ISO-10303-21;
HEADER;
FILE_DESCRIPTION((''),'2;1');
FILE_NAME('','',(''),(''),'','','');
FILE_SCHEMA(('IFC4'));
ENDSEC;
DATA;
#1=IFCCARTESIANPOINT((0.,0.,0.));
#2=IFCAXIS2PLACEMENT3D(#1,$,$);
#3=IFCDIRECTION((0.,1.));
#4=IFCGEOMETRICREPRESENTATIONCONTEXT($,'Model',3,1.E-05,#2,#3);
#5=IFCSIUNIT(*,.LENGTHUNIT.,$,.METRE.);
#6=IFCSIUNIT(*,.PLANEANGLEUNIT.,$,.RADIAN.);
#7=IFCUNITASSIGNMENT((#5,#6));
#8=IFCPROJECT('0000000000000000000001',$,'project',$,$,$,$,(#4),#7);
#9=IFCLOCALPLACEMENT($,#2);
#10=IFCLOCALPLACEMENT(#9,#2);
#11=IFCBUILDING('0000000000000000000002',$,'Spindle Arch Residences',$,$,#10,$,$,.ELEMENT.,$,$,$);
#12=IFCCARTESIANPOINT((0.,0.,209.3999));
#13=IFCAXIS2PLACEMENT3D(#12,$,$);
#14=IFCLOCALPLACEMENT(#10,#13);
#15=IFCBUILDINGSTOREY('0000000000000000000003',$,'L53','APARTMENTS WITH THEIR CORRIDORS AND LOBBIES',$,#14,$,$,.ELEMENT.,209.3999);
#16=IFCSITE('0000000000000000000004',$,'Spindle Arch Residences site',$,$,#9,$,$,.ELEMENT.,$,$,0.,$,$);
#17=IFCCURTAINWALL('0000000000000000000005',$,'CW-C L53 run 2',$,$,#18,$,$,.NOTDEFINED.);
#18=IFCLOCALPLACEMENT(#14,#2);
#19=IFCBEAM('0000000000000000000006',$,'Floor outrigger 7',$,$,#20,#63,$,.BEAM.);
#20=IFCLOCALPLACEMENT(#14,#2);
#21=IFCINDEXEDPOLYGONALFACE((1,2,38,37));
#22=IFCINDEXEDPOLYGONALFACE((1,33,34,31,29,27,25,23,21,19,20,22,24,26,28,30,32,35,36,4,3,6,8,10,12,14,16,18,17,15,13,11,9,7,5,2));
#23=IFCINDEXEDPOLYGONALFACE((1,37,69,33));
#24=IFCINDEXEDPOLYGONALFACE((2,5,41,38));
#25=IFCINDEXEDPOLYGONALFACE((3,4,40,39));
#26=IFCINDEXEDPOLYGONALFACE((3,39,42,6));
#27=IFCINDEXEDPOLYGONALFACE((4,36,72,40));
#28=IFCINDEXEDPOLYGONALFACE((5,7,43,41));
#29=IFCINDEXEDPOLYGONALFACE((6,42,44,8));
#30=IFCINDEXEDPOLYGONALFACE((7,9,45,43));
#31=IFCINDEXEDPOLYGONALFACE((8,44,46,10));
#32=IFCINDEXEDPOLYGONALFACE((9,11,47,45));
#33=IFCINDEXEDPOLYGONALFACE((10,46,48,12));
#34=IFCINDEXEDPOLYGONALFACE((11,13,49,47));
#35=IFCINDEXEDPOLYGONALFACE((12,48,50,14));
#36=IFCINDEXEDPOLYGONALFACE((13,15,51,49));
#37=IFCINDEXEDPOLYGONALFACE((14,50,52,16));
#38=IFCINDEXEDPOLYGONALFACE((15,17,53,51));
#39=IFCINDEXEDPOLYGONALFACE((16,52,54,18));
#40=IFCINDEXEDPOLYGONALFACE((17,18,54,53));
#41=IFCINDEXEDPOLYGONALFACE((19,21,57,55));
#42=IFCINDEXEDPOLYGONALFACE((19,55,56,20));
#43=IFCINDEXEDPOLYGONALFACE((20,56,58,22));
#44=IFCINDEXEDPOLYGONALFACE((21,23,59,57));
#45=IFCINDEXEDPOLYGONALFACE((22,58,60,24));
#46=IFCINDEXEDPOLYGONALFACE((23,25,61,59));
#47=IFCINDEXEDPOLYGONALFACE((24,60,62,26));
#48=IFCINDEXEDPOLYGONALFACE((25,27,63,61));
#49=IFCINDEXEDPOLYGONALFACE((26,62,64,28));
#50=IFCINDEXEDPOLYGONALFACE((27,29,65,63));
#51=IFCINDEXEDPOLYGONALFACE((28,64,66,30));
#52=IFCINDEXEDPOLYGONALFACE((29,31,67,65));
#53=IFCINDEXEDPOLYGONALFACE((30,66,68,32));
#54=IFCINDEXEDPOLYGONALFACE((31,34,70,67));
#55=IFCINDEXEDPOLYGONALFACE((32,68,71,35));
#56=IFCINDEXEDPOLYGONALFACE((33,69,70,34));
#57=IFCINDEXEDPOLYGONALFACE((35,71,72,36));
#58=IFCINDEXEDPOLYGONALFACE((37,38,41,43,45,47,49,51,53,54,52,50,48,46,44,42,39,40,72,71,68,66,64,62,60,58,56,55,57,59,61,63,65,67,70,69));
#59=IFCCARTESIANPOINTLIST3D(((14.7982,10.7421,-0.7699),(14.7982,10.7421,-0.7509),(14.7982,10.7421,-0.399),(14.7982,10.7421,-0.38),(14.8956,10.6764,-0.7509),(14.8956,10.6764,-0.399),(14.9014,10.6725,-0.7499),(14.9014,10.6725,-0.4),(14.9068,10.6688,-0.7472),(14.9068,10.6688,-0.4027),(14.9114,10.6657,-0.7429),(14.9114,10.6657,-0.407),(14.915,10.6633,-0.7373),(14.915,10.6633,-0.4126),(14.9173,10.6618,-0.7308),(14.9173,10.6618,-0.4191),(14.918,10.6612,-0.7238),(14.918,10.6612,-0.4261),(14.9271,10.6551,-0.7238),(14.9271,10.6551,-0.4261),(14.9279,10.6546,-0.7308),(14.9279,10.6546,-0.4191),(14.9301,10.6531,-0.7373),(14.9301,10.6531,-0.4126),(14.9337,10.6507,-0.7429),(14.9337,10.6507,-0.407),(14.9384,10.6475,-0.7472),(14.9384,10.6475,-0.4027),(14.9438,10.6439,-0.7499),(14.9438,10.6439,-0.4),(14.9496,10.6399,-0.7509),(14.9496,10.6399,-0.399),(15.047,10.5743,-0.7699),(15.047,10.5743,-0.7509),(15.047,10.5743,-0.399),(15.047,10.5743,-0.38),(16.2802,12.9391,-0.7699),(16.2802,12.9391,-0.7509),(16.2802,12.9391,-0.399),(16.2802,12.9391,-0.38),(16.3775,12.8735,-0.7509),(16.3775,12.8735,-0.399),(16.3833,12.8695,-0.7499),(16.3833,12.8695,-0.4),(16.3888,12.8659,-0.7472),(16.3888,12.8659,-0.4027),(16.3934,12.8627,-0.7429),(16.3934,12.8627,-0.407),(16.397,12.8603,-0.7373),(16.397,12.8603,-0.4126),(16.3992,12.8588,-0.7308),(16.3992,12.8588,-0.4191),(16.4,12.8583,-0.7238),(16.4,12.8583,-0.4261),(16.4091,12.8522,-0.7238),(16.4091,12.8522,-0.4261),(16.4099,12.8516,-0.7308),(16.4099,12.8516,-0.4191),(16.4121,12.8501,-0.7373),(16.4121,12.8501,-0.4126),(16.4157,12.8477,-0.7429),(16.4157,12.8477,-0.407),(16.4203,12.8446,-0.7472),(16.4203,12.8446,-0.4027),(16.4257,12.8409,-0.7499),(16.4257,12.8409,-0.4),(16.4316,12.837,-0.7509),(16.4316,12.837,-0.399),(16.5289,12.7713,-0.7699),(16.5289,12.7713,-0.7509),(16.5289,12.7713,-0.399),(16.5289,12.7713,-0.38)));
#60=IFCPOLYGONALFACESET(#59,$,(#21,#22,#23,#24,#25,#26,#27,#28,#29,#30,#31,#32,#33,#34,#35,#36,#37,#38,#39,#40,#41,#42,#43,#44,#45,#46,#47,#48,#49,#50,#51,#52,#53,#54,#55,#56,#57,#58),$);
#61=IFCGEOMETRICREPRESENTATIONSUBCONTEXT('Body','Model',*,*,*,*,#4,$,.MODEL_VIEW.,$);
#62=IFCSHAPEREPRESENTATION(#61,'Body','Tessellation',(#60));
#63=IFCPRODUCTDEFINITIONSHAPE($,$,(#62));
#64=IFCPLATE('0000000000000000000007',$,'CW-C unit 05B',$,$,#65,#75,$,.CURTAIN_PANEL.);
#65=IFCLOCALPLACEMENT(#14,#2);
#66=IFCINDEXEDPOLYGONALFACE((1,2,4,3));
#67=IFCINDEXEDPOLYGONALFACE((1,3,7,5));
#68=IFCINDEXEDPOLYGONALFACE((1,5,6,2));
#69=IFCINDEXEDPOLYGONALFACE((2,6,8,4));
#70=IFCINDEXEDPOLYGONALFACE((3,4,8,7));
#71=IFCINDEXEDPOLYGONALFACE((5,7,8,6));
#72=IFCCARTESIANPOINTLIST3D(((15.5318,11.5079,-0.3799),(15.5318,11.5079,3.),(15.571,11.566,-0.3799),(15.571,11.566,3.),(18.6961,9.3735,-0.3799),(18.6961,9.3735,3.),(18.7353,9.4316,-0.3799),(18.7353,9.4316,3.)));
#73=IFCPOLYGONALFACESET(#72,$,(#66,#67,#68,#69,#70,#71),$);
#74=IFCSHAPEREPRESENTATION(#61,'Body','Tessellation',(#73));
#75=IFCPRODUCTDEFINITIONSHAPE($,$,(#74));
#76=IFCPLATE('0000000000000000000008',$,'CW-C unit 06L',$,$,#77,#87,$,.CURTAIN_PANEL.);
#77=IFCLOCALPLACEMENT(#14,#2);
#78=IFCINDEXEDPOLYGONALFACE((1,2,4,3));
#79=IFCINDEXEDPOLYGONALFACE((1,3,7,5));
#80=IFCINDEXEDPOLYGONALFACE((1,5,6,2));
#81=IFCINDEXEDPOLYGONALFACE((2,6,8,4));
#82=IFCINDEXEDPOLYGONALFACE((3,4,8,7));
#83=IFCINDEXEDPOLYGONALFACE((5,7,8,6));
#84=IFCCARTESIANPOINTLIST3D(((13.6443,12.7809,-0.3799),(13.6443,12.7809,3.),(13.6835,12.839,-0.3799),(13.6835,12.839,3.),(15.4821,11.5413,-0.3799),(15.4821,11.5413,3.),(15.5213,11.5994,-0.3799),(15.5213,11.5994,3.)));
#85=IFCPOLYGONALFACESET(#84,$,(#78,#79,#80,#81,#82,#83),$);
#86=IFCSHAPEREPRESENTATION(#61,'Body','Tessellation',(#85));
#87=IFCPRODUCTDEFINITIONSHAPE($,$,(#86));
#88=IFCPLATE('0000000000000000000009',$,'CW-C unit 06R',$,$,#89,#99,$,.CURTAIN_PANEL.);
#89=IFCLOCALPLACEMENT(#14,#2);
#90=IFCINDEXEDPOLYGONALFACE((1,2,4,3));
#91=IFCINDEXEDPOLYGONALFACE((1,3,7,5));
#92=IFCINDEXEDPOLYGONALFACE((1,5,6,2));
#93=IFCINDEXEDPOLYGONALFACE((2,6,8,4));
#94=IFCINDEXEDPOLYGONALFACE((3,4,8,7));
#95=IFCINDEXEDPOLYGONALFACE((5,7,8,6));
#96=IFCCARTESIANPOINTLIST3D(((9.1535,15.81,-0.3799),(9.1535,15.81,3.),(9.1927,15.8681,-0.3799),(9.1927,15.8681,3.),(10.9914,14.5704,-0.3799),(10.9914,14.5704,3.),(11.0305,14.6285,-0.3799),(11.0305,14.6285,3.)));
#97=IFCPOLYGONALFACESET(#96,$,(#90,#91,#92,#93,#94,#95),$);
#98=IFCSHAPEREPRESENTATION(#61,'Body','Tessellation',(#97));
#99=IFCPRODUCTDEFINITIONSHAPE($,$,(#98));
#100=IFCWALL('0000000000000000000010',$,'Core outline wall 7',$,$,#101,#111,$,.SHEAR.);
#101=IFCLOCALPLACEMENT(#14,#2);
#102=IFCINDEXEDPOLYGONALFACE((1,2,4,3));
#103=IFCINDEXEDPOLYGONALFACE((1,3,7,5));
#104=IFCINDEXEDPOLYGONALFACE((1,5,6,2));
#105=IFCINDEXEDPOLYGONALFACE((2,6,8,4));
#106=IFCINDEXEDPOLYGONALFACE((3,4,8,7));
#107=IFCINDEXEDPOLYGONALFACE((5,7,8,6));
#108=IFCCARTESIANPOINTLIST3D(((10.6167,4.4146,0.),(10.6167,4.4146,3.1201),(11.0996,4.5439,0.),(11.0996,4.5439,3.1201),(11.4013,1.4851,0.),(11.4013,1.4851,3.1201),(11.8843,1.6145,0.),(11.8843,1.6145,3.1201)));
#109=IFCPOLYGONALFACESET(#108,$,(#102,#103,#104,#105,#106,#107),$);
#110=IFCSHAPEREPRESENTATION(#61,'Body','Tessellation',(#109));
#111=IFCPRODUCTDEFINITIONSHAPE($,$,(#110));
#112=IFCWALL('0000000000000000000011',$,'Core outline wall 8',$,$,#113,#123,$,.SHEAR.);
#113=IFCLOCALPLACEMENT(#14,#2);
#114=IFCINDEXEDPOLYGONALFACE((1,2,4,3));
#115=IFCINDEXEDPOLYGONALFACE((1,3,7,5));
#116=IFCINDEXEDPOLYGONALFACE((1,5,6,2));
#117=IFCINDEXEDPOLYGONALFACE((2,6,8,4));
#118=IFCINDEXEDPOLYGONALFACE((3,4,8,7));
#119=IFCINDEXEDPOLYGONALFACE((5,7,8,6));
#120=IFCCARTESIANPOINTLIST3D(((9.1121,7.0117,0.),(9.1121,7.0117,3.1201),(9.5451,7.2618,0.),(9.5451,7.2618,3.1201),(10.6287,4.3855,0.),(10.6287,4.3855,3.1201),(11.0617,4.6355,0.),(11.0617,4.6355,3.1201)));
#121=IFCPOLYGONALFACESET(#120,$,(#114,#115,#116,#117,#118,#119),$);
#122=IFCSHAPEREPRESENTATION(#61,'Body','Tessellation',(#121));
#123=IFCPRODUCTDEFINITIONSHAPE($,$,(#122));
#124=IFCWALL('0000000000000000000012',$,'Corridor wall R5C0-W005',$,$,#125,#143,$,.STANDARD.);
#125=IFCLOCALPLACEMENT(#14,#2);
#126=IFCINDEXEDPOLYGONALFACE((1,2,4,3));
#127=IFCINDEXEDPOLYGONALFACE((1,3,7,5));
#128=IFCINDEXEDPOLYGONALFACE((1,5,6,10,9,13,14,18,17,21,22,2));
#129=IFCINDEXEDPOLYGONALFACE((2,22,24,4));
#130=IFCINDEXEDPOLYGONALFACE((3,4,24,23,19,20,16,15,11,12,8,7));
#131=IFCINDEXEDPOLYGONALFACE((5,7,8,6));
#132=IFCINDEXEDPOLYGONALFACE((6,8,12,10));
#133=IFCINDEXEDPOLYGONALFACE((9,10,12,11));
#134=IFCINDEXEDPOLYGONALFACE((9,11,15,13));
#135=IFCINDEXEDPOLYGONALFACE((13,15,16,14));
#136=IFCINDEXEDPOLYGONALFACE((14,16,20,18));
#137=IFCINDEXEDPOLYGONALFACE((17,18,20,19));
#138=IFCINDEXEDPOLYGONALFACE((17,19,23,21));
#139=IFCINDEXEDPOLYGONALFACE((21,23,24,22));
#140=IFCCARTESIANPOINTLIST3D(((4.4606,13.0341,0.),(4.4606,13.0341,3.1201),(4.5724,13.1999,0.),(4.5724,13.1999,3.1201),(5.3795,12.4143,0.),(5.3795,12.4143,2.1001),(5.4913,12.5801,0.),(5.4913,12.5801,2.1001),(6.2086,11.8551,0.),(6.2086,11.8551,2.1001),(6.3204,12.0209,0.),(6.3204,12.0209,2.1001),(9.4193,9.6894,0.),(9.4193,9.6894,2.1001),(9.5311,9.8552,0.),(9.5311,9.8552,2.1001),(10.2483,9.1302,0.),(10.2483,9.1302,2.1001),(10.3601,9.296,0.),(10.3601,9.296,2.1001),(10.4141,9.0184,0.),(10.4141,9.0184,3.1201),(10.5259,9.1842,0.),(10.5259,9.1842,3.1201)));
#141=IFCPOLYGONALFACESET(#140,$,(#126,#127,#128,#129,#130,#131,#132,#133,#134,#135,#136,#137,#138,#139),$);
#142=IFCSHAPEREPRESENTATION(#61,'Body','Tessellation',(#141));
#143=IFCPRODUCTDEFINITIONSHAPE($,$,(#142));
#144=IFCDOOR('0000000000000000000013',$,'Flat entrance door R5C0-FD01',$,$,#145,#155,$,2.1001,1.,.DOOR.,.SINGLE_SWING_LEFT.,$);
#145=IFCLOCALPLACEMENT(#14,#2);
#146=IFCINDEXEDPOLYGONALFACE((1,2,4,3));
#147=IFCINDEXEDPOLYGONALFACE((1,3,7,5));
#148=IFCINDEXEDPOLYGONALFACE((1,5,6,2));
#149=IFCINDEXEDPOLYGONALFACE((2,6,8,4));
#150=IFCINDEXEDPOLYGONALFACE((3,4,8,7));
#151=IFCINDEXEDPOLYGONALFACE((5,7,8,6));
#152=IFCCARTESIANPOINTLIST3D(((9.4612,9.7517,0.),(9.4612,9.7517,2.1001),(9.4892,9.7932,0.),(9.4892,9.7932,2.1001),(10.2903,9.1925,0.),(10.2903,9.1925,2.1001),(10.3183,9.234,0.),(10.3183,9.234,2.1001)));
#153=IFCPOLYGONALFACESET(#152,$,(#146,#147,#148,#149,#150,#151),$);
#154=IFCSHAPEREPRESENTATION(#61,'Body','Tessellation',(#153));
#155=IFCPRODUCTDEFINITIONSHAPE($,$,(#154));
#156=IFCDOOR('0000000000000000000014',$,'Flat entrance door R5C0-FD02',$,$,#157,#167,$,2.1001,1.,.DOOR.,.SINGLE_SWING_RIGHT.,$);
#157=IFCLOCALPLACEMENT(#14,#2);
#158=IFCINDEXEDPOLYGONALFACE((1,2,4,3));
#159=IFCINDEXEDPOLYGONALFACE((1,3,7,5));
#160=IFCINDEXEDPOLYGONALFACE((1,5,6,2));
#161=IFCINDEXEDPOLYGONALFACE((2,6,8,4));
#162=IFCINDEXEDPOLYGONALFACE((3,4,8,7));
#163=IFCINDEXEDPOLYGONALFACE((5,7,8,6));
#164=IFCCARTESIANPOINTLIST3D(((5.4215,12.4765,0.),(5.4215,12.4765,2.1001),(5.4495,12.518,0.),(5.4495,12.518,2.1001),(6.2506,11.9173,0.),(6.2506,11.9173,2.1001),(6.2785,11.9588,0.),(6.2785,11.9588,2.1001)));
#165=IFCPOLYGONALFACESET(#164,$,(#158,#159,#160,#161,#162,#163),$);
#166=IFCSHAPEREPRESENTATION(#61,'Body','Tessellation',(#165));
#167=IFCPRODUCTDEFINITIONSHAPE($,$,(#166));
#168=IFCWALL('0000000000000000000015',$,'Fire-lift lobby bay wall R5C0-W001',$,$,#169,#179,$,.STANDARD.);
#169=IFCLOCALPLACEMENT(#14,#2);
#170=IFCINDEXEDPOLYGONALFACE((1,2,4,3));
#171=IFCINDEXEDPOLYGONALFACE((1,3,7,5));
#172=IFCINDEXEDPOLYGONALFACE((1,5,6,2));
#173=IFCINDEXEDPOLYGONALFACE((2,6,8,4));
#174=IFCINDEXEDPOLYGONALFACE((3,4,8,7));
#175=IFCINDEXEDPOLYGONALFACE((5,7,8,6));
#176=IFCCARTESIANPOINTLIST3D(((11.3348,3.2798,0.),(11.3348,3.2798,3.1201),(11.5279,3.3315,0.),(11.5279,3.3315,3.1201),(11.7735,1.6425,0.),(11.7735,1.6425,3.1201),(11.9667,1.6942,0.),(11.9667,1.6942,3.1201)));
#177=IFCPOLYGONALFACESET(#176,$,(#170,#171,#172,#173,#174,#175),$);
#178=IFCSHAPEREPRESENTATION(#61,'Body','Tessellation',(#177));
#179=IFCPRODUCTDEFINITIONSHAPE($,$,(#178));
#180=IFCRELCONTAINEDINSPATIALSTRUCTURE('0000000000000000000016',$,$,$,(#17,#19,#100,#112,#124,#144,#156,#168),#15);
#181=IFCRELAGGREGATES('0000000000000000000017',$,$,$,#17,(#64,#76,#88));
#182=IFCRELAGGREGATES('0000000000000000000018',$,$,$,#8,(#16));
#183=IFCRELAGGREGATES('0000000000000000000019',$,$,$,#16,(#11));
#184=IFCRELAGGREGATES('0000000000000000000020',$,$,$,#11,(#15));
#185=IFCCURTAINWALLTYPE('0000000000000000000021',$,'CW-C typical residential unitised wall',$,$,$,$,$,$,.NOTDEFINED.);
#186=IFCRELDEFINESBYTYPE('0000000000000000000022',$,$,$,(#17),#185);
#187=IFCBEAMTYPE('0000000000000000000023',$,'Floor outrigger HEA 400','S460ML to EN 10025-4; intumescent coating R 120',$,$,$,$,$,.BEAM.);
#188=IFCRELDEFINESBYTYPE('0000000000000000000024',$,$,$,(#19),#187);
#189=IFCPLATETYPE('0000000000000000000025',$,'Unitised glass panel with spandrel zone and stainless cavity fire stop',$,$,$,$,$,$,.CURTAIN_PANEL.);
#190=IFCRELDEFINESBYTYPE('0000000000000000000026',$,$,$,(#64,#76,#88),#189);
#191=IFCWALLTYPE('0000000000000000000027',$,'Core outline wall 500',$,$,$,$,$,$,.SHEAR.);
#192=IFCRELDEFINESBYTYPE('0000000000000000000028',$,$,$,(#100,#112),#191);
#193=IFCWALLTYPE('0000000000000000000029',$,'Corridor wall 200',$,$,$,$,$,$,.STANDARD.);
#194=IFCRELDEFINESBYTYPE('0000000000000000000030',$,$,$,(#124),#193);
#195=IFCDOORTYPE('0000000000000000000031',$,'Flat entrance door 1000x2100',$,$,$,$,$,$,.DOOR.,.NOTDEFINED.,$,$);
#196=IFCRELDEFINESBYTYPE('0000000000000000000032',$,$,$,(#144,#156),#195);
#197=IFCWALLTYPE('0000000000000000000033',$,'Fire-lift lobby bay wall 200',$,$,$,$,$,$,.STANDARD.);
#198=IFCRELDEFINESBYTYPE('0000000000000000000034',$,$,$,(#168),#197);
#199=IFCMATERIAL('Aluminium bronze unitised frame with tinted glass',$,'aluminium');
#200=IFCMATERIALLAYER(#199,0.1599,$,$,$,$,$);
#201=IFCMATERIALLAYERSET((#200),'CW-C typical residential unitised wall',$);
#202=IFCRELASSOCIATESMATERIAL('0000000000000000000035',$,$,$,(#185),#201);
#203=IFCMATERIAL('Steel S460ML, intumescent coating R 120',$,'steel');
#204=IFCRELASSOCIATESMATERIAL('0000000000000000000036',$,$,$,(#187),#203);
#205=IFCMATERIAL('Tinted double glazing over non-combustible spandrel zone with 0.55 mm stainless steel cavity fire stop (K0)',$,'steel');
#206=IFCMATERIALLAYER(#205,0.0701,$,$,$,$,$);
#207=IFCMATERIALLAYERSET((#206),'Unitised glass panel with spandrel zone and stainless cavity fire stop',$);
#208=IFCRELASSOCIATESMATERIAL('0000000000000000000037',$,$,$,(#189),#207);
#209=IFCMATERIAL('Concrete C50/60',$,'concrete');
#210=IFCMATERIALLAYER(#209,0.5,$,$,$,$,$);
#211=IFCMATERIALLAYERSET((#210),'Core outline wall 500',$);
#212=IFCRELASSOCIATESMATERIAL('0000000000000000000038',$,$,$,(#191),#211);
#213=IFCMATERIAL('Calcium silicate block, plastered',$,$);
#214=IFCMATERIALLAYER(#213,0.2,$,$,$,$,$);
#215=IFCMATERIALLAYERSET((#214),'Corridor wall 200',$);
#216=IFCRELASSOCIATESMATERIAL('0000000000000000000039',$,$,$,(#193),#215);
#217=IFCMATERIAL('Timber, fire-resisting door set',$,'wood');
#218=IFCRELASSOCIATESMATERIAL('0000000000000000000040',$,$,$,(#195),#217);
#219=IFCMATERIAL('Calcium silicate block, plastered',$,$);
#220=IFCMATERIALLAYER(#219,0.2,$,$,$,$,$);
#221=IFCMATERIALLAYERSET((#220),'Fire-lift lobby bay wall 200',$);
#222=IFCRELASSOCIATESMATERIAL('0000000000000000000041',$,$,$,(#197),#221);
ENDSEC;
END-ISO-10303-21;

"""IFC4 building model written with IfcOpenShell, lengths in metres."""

from ifc_helpers import new_model, si_unit, direction, frame, frame_2d, origin, origin_2d, place, context, subcontext, project, spatial, rectangle, i_section, extrude, material, layer, layer_set, material_profile, profile_set, type_object, element, fill, aggregate, save


model = new_model("IFC4")

# Units and contexts
model_context = context("Model", 3, precision=1e-05, world=origin(), true_north=direction((0.0, 1.0)))
body_context = subcontext(model_context, "Body", "Model", "MODEL_VIEW")
ifc_project = project(units=[si_unit("LENGTHUNIT", "METRE"), si_unit("PLANEANGLEUNIT", "RADIAN")], contexts=[model_context])

# Site, building, storey
site_placement = place(None, origin())
site = spatial("IfcSite", under=ifc_project, at=site_placement, Name="Spindle Arch Residences site", CompositionType="ELEMENT", RefElevation=0.0)
building_placement = place(site_placement, origin())
building = spatial("IfcBuilding", under=site, at=building_placement, Name="Spindle Arch Residences", CompositionType="ELEMENT")
storey_placement = place(building_placement, frame((0.0, 0.0, 209.3999)))
storey = spatial("IfcBuildingStorey", under=building, at=storey_placement, Name="L53", Description="APARTMENTS WITH THEIR CORRIDORS AND LOBBIES", CompositionType="ELEMENT", Elevation=209.3999)

# Curtain wall
ifc_material_1 = material(Name="Aluminium bronze unitised frame with tinted glass", Category="aluminium")
ifc_layer_1 = layer(ifc_material_1, 0.1599)
ifc_layer_set_1 = layer_set([ifc_layer_1], Name="CW-C typical residential unitised wall")
curtain_wall_type = type_object("IfcCurtainWallType", Name="CW-C typical residential unitised wall", PredefinedType="NOTDEFINED", material=ifc_layer_set_1)
curtain_wall_placement = place(storey_placement, origin())
curtain_wall = element("IfcCurtainWall", 1, at=curtain_wall_placement, inside=storey, type_object=curtain_wall_type, Name="CW-C L53 run 2", PredefinedType="NOTDEFINED")

# Beam
ifc_material_2 = material(Name="Steel S460ML, intumescent coating R 120", Category="steel")
ifc_material_profile_1 = material_profile(ifc_material_2, i_section(OverallWidth=0.3, OverallDepth=0.3899, WebThickness=0.011, FlangeThickness=0.019, FilletRadius=0.0271, at=origin_2d()), Name="HEA 400")
ifc_profile_set_1 = profile_set([ifc_material_profile_1], Name="Steel S460ML, intumescent coating R 120")
beam_type_1 = type_object("IfcBeamType", Name="Floor outrigger HEA 400", Description="S460ML to EN 10025-4; intumescent coating R 120", PredefinedType="BEAM", material=ifc_profile_set_1)
beam_1_placement = place(storey_placement, frame((16.4045, 12.8552, -0.575), z_axis=(-0.559199, -0.829033, 0.0), x_axis=(0.829033, -0.559199, 0.0)))
element("IfcBeam", 2, at=beam_1_placement, inside=storey, type_object=beam_type_1, Name="Floor outrigger 7", PredefinedType="BEAM", context=body_context, shape_type="SweptSolid", body=[
    extrude(i_section(OverallWidth=0.3, OverallDepth=0.3899, WebThickness=0.011, FlangeThickness=0.019, FilletRadius=0.0271, at=origin_2d()), origin(), (0.0, 0.0, 1.0), 2.6501),
])

# Plates
ifc_material_3 = material(Name="Tinted double glazing over non-combustible spandrel zone with 0.55 mm stainless steel cavity fire stop (K0)", Category="steel")
ifc_layer_2 = layer(ifc_material_3, 0.0701)
ifc_layer_set_2 = layer_set([ifc_layer_2], Name="Unitised glass panel with spandrel zone and stainless cavity fire stop")
plate_type = type_object("IfcPlateType", Name="Unitised glass panel with spandrel zone and stainless cavity fire stop", PredefinedType="CURTAIN_PANEL", material=ifc_layer_set_2)
plate_1_placement = place(storey_placement, frame((17.1335, 10.4697, -0.3799), z_axis=(0.0, 0.0, 1.0), x_axis=(-0.829038, 0.559193, 0.0)))
plate_1 = element("IfcPlate", 3, at=plate_1_placement, type_object=plate_type, Name="CW-C unit 05B", PredefinedType="CURTAIN_PANEL", context=body_context, shape_type="SweptSolid", body=[
    extrude(rectangle(XDim=3.8169, YDim=0.0701, at=origin_2d()), origin(), (0.0, 0.0, 1.0), 3.3799),
])
plate_2_placement = place(storey_placement, frame((14.5828, 12.1902, -0.3799), z_axis=(0.0, 0.0, 1.0), x_axis=(-0.829038, 0.559193, 0.0)))
plate_2 = element("IfcPlate", 4, at=plate_2_placement, type_object=plate_type, Name="CW-C unit 06L", PredefinedType="CURTAIN_PANEL", context=body_context, shape_type="SweptSolid", body=[
    extrude(rectangle(XDim=2.2168, YDim=0.0701, at=origin_2d()), origin(), (0.0, 0.0, 1.0), 3.3799),
])
plate_3_placement = place(storey_placement, frame((10.092, 15.2192, -0.3799), z_axis=(0.0, 0.0, 1.0), x_axis=(-0.829038, 0.559193, 0.0)))
plate_3 = element("IfcPlate", 5, at=plate_3_placement, type_object=plate_type, Name="CW-C unit 06R", PredefinedType="CURTAIN_PANEL", context=body_context, shape_type="SweptSolid", body=[
    extrude(rectangle(XDim=2.2168, YDim=0.0701, at=origin_2d()), origin(), (0.0, 0.0, 1.0), 3.3799),
])
aggregate(curtain_wall, [plate_1, plate_2, plate_3])

# Walls
ifc_material_4 = material(Name="Concrete C50/60", Category="concrete")
ifc_layer_3 = layer(ifc_material_4, 0.5)
ifc_layer_set_3 = layer_set([ifc_layer_3], Name="Core outline wall 500")
wall_type_1 = type_object("IfcWallType", Name="Core outline wall 500", PredefinedType="SHEAR", material=ifc_layer_set_3)
for number, where, z_axis, x_axis, name in (
    (6, (11.6428, 1.5498, 0.0), (0.0, 0.0, 1.0), (-0.258735, 0.965948, 0.0), "Core outline wall 7"),
    (7, (10.8452, 4.5105, 0.0), (0.0, 0.0, 1.0), (-0.500087, 0.865975, 0.0), "Core outline wall 8"),
):
    element("IfcWall", number, at=place(storey_placement, frame(where, z_axis=z_axis, x_axis=x_axis)), inside=storey, type_object=wall_type_1, Name=name, PredefinedType="SHEAR", context=body_context, shape_type="SweptSolid", body=[
        extrude(rectangle(XDim=3.0327, YDim=0.5, at=frame_2d((1.5164, 0.0))), origin(), (0.0, 0.0, 1.0), 3.1201),
    ])

# Wall, openings, doors
ifc_material_5 = material(Name="Calcium silicate block, plastered")
ifc_layer_4 = layer(ifc_material_5, 0.2)
ifc_layer_set_4 = layer_set([ifc_layer_4], Name="Corridor wall 200")
wall_type_2 = type_object("IfcWallType", Name="Corridor wall 200", PredefinedType="STANDARD", material=ifc_layer_set_4)
wall_1_placement = place(storey_placement, frame((10.47, 9.1013, 0.0), z_axis=(0.0, 0.0, 1.0), x_axis=(-0.829036, 0.559195, 0.0)))
wall_1 = element("IfcWall", 8, at=wall_1_placement, inside=storey, type_object=wall_type_2, Name="Corridor wall R5C0-W005", PredefinedType="STANDARD", context=body_context, shape_type="SweptSolid", body=[
    extrude(rectangle(XDim=7.1812, YDim=0.2, at=frame_2d((3.5906, 0.0))), origin(), (0.0, 0.0, 1.0), 3.1201),
])
opening_1_placement = place(wall_1_placement, frame((0.2, 0.0, 0.0)))
opening_1 = element("IfcOpeningElement", 9, at=opening_1_placement, cuts=wall_1, PredefinedType="OPENING", context=body_context, shape_type="SweptSolid", body=[
    extrude(rectangle(XDim=1.0, YDim=2.1001, at=frame_2d((0.5, 1.05))), frame((0.0, 0.1099, 0.0), z_axis=(0.0, -1.0, 0.0), x_axis=(1.0, 0.0, 0.0)), (0.0, 0.0, 1.0), 0.22),
])
opening_2_placement = place(wall_1_placement, frame((5.0728, 0.0, 0.0)))
opening_2 = element("IfcOpeningElement", 10, at=opening_2_placement, cuts=wall_1, PredefinedType="OPENING", context=body_context, shape_type="SweptSolid", body=[
    extrude(rectangle(XDim=1.0, YDim=2.1001, at=frame_2d((0.5, 1.05))), frame((0.0, 0.1099, 0.0), z_axis=(0.0, -1.0, 0.0), x_axis=(1.0, 0.0, 0.0)), (0.0, 0.0, 1.0), 0.22),
])
ifc_material_6 = material(Name="Timber, fire-resisting door set", Category="wood")
door_type_1 = type_object("IfcDoorType", Name="Flat entrance door 1000x2100", OperationType="NOTDEFINED", PredefinedType="DOOR", material=ifc_material_6)
door_1_placement = place(opening_1_placement, origin())
door_1 = element("IfcDoor", 11, at=door_1_placement, inside=storey, type_object=door_type_1, Name="Flat entrance door R5C0-FD01", OperationType="SINGLE_SWING_LEFT", OverallHeight=2.1001, OverallWidth=1.0, PredefinedType="DOOR", context=body_context, shape_type="SweptSolid", body=[
    extrude(rectangle(XDim=1.0, YDim=2.1001, at=frame_2d((0.5, 1.05))), frame((0.0, 0.0249, 0.0), z_axis=(0.0, -1.0, 0.0), x_axis=(1.0, 0.0, 0.0)), (0.0, 0.0, 1.0), 0.05),
])
fill(opening_1, door_1)
door_2_placement = place(opening_2_placement, origin())
door_2 = element("IfcDoor", 12, at=door_2_placement, inside=storey, type_object=door_type_1, Name="Flat entrance door R5C0-FD02", OperationType="SINGLE_SWING_RIGHT", OverallHeight=2.1001, OverallWidth=1.0, PredefinedType="DOOR", context=body_context, shape_type="SweptSolid", body=[
    extrude(rectangle(XDim=1.0, YDim=2.1001, at=frame_2d((0.5, 1.05))), frame((0.0, 0.0249, 0.0), z_axis=(0.0, -1.0, 0.0), x_axis=(1.0, 0.0, 0.0)), (0.0, 0.0, 1.0), 0.05),
])
fill(opening_2, door_2)

# Wall
ifc_material_7 = material(Name="Calcium silicate block, plastered")
ifc_layer_5 = layer(ifc_material_7, 0.2)
ifc_layer_set_5 = layer_set([ifc_layer_5], Name="Fire-lift lobby bay wall 200")
wall_type_3 = type_object("IfcWallType", Name="Fire-lift lobby bay wall 200", PredefinedType="STANDARD", material=ifc_layer_set_5)
wall_2_placement = place(storey_placement, frame((11.8701, 1.6682, 0.0), z_axis=(0.0, 0.0, 1.0), x_axis=(-0.258837, 0.965921, 0.0)))
element("IfcWall", 13, at=wall_2_placement, inside=storey, type_object=wall_type_3, Name="Fire-lift lobby bay wall R5C0-W001", PredefinedType="STANDARD", context=body_context, shape_type="SweptSolid", body=[
    extrude(rectangle(XDim=1.6951, YDim=0.2, at=frame_2d((0.8477, 0.0))), origin(), (0.0, 0.0, 1.0), 3.1201),
])

save(model, "model.ifc")
